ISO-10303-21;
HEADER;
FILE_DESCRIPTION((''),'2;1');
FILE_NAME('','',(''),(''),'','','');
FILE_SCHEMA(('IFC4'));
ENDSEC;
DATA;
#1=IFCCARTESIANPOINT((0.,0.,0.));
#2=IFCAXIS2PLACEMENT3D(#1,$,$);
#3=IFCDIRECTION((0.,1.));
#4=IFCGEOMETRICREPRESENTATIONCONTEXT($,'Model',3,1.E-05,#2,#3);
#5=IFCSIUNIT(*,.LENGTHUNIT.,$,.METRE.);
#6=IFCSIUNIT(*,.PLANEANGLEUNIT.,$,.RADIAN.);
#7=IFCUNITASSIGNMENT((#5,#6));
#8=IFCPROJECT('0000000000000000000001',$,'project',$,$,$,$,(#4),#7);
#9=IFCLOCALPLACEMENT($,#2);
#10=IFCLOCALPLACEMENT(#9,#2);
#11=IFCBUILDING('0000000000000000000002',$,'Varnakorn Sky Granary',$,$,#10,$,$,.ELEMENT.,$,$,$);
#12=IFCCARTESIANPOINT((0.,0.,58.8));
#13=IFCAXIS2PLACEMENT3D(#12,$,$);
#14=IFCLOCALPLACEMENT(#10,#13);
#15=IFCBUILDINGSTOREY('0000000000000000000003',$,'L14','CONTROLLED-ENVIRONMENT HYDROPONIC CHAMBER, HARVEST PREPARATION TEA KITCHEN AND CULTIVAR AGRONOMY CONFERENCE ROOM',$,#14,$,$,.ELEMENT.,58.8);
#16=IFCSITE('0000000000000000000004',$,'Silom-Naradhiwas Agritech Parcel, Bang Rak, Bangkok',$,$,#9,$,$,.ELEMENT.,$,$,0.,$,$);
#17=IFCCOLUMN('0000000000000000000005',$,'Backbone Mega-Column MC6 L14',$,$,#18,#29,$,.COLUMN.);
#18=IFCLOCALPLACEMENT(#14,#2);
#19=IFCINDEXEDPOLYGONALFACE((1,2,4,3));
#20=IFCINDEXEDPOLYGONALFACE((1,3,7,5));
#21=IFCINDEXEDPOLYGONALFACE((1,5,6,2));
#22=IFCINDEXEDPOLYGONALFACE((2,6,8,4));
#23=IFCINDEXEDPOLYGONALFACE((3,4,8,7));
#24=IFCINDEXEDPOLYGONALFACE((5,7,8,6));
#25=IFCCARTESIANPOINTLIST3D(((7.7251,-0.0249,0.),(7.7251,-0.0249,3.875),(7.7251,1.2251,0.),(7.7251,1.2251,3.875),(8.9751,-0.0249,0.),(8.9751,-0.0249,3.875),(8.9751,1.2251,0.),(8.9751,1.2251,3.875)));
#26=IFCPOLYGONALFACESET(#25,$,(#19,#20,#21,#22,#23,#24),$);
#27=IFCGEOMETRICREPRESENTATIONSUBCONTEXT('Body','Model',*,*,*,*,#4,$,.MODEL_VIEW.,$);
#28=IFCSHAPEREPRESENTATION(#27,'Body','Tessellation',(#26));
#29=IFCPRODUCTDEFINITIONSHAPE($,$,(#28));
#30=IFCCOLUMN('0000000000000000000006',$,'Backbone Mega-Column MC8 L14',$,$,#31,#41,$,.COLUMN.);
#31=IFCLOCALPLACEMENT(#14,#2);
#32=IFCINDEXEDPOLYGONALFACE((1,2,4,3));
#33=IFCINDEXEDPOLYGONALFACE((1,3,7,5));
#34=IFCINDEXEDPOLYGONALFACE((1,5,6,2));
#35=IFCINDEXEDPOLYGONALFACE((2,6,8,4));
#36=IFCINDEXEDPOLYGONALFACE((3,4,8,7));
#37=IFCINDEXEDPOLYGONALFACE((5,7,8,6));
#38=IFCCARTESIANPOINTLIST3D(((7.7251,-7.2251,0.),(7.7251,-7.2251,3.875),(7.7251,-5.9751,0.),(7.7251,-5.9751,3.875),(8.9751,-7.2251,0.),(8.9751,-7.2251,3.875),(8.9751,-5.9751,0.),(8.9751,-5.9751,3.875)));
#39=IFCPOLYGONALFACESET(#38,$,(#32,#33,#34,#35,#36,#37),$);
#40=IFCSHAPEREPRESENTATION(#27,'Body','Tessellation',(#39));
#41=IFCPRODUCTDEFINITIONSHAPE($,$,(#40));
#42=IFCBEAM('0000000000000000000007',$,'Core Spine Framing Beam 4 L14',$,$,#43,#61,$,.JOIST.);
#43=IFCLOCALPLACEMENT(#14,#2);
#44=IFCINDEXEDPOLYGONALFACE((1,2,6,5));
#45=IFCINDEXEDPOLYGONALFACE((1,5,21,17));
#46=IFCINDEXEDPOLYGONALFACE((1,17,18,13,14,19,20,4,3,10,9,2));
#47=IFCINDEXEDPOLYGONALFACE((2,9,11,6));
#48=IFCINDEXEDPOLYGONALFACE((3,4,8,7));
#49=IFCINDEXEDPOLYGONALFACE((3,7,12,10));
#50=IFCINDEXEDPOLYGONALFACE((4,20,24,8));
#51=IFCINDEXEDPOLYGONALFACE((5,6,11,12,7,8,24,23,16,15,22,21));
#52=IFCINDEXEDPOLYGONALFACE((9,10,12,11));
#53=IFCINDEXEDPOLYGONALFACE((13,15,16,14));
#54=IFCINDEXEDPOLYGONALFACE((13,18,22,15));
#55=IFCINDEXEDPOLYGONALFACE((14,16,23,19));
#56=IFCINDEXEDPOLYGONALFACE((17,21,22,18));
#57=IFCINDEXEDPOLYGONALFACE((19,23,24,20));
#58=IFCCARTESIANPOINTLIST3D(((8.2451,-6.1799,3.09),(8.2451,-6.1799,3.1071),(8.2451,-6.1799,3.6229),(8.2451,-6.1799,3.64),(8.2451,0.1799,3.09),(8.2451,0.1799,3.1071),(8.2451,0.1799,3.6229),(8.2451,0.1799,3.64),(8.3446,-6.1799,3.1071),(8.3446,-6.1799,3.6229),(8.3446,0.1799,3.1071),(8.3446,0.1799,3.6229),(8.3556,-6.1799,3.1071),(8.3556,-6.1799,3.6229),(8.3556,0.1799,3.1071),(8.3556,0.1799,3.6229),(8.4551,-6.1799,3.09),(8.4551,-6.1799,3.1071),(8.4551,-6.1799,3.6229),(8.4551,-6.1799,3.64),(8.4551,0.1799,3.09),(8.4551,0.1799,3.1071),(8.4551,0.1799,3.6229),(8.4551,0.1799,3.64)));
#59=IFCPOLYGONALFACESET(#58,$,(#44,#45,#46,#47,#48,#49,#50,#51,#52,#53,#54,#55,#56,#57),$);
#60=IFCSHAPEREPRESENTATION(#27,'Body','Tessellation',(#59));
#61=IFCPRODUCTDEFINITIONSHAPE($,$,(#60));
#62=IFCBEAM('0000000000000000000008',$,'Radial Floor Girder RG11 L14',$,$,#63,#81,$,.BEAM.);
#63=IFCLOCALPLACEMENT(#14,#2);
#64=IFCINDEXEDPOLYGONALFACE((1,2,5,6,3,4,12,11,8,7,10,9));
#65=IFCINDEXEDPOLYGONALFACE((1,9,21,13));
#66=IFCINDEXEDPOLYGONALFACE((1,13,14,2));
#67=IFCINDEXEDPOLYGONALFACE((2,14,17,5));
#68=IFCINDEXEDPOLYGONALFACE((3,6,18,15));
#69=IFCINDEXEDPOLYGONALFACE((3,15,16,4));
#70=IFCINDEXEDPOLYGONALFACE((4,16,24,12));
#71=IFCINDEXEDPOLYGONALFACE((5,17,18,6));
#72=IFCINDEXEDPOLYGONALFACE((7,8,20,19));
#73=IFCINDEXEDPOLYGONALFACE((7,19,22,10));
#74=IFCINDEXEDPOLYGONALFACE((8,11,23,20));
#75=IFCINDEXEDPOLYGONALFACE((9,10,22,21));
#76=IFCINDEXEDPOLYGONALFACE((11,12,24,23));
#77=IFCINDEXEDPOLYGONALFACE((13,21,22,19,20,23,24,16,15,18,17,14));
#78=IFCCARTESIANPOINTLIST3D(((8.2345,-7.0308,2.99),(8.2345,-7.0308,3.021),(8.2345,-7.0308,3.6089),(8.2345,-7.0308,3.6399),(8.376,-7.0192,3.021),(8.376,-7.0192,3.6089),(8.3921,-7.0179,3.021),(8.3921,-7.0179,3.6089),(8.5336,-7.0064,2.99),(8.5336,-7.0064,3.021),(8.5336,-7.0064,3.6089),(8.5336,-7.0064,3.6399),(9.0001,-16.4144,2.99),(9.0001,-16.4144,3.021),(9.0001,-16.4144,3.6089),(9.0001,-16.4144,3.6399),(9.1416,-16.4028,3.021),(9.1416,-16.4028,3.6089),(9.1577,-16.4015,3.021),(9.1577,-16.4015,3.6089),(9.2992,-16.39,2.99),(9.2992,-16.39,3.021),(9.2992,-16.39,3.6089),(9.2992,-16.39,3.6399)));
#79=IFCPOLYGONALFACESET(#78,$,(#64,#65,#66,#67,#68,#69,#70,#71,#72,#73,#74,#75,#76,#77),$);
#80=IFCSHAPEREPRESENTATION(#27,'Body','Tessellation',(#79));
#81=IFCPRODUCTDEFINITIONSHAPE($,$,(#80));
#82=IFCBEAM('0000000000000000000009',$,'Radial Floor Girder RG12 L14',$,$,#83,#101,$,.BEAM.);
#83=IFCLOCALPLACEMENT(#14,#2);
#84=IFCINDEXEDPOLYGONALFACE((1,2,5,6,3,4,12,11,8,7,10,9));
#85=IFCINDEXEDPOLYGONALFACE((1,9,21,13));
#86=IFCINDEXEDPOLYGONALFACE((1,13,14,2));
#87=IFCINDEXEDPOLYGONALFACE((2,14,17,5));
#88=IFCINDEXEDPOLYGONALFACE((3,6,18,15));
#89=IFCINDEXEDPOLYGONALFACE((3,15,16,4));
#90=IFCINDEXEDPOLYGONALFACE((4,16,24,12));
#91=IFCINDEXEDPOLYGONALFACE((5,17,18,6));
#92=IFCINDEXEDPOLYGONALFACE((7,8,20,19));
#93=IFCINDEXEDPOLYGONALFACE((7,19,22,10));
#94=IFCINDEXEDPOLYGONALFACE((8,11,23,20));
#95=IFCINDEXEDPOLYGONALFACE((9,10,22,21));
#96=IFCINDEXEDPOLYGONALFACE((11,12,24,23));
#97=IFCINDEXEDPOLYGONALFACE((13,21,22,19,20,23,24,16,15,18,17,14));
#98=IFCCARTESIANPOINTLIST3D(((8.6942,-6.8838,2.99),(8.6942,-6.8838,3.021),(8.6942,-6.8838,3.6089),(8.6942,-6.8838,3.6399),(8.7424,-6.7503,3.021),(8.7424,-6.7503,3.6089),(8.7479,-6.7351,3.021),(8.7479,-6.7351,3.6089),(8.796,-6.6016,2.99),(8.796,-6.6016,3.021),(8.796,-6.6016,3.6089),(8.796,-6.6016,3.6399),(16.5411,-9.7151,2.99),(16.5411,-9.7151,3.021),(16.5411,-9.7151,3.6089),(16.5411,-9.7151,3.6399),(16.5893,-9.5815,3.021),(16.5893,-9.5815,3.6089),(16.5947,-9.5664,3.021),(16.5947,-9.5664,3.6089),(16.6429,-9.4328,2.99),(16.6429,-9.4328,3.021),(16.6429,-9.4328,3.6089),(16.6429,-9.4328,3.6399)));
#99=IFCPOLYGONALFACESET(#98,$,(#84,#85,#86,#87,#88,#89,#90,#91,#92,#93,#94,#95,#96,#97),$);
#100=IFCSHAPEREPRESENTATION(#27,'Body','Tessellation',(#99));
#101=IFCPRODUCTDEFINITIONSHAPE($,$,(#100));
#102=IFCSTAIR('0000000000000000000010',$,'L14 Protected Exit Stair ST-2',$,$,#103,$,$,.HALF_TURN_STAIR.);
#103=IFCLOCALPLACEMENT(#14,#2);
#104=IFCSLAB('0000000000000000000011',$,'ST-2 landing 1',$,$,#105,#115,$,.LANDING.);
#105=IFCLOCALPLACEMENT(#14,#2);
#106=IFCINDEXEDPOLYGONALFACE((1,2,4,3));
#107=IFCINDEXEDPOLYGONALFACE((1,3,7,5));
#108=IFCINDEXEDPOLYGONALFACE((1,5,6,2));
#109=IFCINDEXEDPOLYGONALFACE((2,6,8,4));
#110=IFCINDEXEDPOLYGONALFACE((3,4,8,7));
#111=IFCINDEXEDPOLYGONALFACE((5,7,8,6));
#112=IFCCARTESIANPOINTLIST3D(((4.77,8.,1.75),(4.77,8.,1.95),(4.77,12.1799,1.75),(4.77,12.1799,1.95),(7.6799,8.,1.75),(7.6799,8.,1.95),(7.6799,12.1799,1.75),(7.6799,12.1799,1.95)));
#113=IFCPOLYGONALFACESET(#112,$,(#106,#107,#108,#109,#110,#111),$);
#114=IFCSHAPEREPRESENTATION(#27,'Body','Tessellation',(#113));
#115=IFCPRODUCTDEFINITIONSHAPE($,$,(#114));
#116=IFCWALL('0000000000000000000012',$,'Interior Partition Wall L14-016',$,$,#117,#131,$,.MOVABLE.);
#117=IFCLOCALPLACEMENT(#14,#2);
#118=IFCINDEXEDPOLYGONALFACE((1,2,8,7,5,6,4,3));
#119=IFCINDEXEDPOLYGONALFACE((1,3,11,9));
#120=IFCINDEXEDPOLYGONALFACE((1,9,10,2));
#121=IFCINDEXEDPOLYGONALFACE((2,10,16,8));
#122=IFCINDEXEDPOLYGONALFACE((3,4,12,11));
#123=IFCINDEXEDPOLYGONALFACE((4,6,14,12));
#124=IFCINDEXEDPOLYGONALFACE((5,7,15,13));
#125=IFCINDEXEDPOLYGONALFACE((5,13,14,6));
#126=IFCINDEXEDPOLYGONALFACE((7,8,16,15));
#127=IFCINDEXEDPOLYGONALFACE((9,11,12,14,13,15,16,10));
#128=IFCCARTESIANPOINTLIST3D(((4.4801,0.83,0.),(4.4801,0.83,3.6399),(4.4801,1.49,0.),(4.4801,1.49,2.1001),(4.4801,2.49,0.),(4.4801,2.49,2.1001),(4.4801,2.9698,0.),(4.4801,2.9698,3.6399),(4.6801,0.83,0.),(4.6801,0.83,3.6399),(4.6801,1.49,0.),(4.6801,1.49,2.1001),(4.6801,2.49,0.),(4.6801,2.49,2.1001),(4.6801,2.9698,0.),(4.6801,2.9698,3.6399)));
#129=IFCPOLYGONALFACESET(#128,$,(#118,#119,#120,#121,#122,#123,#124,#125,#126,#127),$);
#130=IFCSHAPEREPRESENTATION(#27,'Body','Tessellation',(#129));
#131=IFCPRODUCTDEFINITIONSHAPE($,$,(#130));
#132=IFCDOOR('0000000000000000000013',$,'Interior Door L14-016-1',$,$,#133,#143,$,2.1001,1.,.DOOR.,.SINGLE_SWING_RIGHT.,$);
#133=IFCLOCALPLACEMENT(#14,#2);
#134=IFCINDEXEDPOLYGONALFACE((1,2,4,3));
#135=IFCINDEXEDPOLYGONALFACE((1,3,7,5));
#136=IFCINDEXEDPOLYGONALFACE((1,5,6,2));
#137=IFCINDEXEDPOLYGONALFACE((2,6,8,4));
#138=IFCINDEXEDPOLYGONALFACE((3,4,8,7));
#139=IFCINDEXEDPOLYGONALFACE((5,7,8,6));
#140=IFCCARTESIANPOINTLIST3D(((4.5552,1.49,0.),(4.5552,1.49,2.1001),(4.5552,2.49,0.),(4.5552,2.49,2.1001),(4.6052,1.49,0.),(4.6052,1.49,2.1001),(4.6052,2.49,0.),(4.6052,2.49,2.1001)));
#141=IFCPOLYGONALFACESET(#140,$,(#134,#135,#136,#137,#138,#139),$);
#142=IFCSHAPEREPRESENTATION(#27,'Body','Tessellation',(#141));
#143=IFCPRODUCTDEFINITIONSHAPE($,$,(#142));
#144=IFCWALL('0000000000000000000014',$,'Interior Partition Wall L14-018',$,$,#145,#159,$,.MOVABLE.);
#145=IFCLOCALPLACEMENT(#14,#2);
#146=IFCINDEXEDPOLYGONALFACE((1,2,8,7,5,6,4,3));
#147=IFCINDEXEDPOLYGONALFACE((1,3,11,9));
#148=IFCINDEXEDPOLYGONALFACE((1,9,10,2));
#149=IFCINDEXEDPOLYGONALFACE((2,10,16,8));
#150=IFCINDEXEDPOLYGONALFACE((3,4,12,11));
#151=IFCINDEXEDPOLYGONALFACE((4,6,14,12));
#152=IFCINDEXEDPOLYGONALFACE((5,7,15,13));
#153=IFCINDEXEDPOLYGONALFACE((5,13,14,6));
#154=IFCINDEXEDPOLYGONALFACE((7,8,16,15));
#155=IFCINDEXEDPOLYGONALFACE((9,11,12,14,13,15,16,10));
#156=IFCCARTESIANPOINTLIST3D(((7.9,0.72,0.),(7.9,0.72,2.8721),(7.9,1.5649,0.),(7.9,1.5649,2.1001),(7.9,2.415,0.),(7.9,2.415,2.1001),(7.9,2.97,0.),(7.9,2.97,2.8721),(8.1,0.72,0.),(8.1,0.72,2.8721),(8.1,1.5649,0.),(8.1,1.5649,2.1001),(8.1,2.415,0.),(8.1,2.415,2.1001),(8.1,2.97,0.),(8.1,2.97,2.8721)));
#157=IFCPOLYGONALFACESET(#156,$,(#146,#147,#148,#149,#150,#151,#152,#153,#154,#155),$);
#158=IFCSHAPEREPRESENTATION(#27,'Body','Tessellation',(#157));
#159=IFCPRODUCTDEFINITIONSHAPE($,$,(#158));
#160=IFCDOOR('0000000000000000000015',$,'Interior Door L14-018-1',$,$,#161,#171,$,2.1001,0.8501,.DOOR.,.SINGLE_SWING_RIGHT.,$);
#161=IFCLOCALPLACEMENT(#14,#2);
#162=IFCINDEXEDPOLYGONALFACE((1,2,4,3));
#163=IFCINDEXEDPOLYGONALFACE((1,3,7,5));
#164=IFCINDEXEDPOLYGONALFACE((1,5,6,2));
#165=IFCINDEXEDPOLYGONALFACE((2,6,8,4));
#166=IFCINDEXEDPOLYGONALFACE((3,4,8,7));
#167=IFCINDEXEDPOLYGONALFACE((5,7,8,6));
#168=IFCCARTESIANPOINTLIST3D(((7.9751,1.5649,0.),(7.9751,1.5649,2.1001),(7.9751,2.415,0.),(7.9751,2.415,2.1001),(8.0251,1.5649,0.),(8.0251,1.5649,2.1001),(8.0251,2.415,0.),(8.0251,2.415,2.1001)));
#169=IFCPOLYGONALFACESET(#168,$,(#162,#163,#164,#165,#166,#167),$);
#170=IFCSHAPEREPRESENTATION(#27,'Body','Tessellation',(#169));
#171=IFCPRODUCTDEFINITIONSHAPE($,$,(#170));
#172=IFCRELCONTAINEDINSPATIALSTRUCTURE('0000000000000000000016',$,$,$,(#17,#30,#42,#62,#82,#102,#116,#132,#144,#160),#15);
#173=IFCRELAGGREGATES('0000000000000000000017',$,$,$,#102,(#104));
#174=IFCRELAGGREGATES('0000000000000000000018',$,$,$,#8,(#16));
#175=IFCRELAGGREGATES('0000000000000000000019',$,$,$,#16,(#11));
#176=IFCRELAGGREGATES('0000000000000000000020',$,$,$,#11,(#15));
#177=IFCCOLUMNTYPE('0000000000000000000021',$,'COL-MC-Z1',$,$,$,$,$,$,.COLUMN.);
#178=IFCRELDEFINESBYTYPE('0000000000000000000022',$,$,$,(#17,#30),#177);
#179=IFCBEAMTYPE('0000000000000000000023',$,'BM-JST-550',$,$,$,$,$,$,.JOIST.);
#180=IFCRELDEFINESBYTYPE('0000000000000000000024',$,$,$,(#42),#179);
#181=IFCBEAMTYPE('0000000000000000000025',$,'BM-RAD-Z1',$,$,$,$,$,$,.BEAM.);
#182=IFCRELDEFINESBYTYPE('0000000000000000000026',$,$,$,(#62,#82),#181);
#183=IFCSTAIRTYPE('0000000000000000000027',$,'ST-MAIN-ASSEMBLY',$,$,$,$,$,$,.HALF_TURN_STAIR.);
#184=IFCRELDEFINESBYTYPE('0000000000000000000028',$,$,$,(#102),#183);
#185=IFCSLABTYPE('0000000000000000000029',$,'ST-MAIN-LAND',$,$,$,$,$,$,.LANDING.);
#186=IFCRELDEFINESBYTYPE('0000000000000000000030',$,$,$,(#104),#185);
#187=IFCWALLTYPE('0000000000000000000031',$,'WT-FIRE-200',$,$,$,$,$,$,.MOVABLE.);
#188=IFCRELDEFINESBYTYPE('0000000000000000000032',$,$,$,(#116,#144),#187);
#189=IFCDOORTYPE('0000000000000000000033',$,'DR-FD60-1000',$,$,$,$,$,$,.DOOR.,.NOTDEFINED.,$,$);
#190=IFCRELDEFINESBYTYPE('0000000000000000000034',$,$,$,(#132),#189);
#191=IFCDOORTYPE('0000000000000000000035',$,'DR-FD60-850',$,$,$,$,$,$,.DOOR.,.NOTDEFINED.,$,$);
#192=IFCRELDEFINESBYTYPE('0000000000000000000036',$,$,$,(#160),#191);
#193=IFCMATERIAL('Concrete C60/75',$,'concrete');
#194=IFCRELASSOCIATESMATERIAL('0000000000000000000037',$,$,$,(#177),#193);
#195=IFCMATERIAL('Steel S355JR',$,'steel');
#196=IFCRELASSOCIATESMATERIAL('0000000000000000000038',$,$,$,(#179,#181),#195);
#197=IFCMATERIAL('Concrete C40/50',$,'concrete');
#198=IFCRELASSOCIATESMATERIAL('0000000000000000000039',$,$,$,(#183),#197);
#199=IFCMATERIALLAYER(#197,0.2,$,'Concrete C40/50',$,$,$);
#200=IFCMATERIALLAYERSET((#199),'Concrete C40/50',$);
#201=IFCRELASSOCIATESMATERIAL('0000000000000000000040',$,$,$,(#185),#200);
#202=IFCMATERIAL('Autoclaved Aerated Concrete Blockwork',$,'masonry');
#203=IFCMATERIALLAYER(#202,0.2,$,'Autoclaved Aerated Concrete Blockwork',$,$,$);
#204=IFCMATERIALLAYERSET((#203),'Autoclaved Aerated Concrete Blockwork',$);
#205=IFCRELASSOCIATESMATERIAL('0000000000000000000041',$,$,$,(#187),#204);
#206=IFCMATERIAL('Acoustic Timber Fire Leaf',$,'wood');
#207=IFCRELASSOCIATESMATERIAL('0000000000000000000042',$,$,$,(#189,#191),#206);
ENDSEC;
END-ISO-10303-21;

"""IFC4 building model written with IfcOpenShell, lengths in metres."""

from ifc_helpers import new_model, si_unit, direction, frame, frame_2d, origin, origin_2d, place, context, subcontext, project, spatial, polyline, rectangle, i_section, outline, extrude, material, layer, layer_set, material_profile, profile_set, type_object, element, fill, aggregate, save


model = new_model("IFC4")

# Units and contexts
model_context = context("Model", 3, precision=1e-05, world=origin(), true_north=direction((0.0, 1.0)))
body_context = subcontext(model_context, "Body", "Model", "MODEL_VIEW")
ifc_project = project(units=[si_unit("LENGTHUNIT", "METRE"), si_unit("PLANEANGLEUNIT", "RADIAN")], contexts=[model_context])

# Site, building, storey
site_placement = place(None, origin())
site = spatial("IfcSite", under=ifc_project, at=site_placement, Name="Silom-Naradhiwas Agritech Parcel, Bang Rak, Bangkok", CompositionType="ELEMENT", RefElevation=0.0)
building_placement = place(site_placement, origin())
building = spatial("IfcBuilding", under=site, at=building_placement, Name="Varnakorn Sky Granary", CompositionType="ELEMENT")
storey_placement = place(building_placement, frame((0.0, 0.0, 58.8)))
storey = spatial("IfcBuildingStorey", under=building, at=storey_placement, Name="L14", Description="CONTROLLED-ENVIRONMENT HYDROPONIC CHAMBER, HARVEST PREPARATION TEA KITCHEN AND CULTIVAR AGRONOMY CONFERENCE ROOM", CompositionType="ELEMENT", Elevation=58.8)

# Columns
ifc_material_1 = material(Name="Concrete C60/75", Category="concrete")
ifc_material_profile_1 = material_profile(ifc_material_1, rectangle(XDim=1.25, YDim=1.25, at=origin_2d()), Name="RC 1250x1250")
ifc_profile_set_1 = profile_set([ifc_material_profile_1], Name="Concrete C60/75")
column_type = type_object("IfcColumnType", Name="COL-MC-Z1", PredefinedType="COLUMN", material=ifc_profile_set_1)
for number, where, z_axis, x_axis, name in (
    (1, (8.3501, 0.6001, 0.0), (0.0, 0.0, 1.0), (1.0, 0.0, 0.0), "Backbone Mega-Column MC6 L14"),
    (2, (8.3501, -6.6001, 0.0), (0.0, 0.0, 1.0), (1.0, 0.0, 0.0), "Backbone Mega-Column MC8 L14"),
):
    element("IfcColumn", number, at=place(storey_placement, frame(where, z_axis=z_axis, x_axis=x_axis)), inside=storey, type_object=column_type, Name=name, PredefinedType="COLUMN", context=body_context, shape_type="SweptSolid", body=[
        extrude(rectangle(XDim=1.25, YDim=1.25, at=origin_2d()), origin(), (0.0, 0.0, 1.0), 3.875),
    ])

# Beams
ifc_material_2 = material(Name="Steel S355JR", Category="steel")
ifc_material_profile_2 = material_profile(ifc_material_2, i_section(OverallWidth=0.21, OverallDepth=0.55, WebThickness=0.011, FlangeThickness=0.0171, at=origin_2d()), Name="IPE 550")
ifc_profile_set_2 = profile_set([ifc_material_profile_2], Name="Steel S355JR")
beam_type_1 = type_object("IfcBeamType", Name="BM-JST-550", PredefinedType="JOIST", material=ifc_profile_set_2)
beam_1_placement = place(storey_placement, frame((8.3501, 0.1799, 3.365), z_axis=(0.0, -1.0, 0.0), x_axis=(1.0, 0.0, 0.0)))
element("IfcBeam", 3, at=beam_1_placement, inside=storey, type_object=beam_type_1, Name="Core Spine Framing Beam 4 L14", PredefinedType="JOIST", context=body_context, shape_type="SweptSolid", body=[
    extrude(i_section(OverallWidth=0.21, OverallDepth=0.55, WebThickness=0.011, FlangeThickness=0.0171, at=origin_2d()), origin(), (0.0, 0.0, 1.0), 6.3599),
])
ifc_material_profile_3 = material_profile(ifc_material_2, i_section(OverallWidth=0.3, OverallDepth=0.6499, WebThickness=0.0161, FlangeThickness=0.031, at=origin_2d()), Name="HE 650 B")
ifc_profile_set_3 = profile_set([ifc_material_profile_3], Name="Steel S355JR")
beam_type_2 = type_object("IfcBeamType", Name="BM-RAD-Z1", PredefinedType="BEAM", material=ifc_profile_set_3)
beam_2_placement = place(storey_placement, frame((8.384, -7.0186, 3.3149), z_axis=(0.081322, -0.996688, 0.0), x_axis=(0.996688, 0.081322, 0.0)))
element("IfcBeam", 4, at=beam_2_placement, inside=storey, type_object=beam_type_2, Name="Radial Floor Girder RG11 L14", PredefinedType="BEAM", context=body_context, shape_type="SweptSolid", body=[
    extrude(i_section(OverallWidth=0.3, OverallDepth=0.6499, WebThickness=0.0161, FlangeThickness=0.031, at=origin_2d()), origin(), (0.0, 0.0, 1.0), 9.4148),
])
beam_3_placement = place(storey_placement, frame((8.7451, -6.7427, 3.3149), z_axis=(0.940642, -0.339399, 0.0), x_axis=(0.339399, 0.940642, 0.0)))
element("IfcBeam", 5, at=beam_3_placement, inside=storey, type_object=beam_type_2, Name="Radial Floor Girder RG12 L14", PredefinedType="BEAM", context=body_context, shape_type="SweptSolid", body=[
    extrude(i_section(OverallWidth=0.3, OverallDepth=0.6499, WebThickness=0.0161, FlangeThickness=0.031, at=origin_2d()), origin(), (0.0, 0.0, 1.0), 8.342),
])

# Stair, slab
ifc_material_3 = material(Name="Concrete C40/50", Category="concrete")
stair_type = type_object("IfcStairType", Name="ST-MAIN-ASSEMBLY", PredefinedType="HALF_TURN_STAIR", material=ifc_material_3)
stair_placement = place(storey_placement, origin())
stair = element("IfcStair", 6, at=stair_placement, inside=storey, type_object=stair_type, Name="L14 Protected Exit Stair ST-2", PredefinedType="HALF_TURN_STAIR")
ifc_layer_1 = layer(ifc_material_3, 0.2, Name="Concrete C40/50")
ifc_layer_set_1 = layer_set([ifc_layer_1], Name="Concrete C40/50")
slab_type = type_object("IfcSlabType", Name="ST-MAIN-LAND", PredefinedType="LANDING", material=ifc_layer_set_1)
slab_placement = place(storey_placement, frame((0.0, 0.0, 1.75)))
slab = element("IfcSlab", 7, at=slab_placement, type_object=slab_type, Name="ST-2 landing 1", PredefinedType="LANDING", context=body_context, shape_type="SweptSolid", body=[
    extrude(outline(polyline([(7.6799, 8.0), (7.6799, 12.1799), (4.77, 12.1799), (4.77, 8.0), (7.6799, 8.0)])), origin(), (0.0, 0.0, 1.0), 0.2),
])
aggregate(stair, [slab])

# Walls, openings, doors
ifc_material_4 = material(Name="Autoclaved Aerated Concrete Blockwork", Category="masonry")
ifc_layer_2 = layer(ifc_material_4, 0.2, Name="Autoclaved Aerated Concrete Blockwork")
ifc_layer_set_2 = layer_set([ifc_layer_2], Name="Autoclaved Aerated Concrete Blockwork")
wall_type_1 = type_object("IfcWallType", Name="WT-FIRE-200", PredefinedType="MOVABLE", material=ifc_layer_set_2)
wall_1_placement = place(storey_placement, frame((4.5801, 0.8301, 0.0), z_axis=(0.0, 0.0, 1.0), x_axis=(0.0, 1.0, 0.0)))
wall_1 = element("IfcWall", 8, at=wall_1_placement, inside=storey, type_object=wall_type_1, Name="Interior Partition Wall L14-016", PredefinedType="MOVABLE", context=body_context, shape_type="SweptSolid", body=[
    extrude(rectangle(XDim=2.1399, YDim=0.2, at=frame_2d((1.0698, 0.0))), origin(), (0.0, 0.0, 1.0), 3.6399),
])
opening_1_placement = place(wall_1_placement, frame((0.6599, 0.0, 0.0)))
opening_1 = element("IfcOpeningElement", 9, at=opening_1_placement, cuts=wall_1, PredefinedType="OPENING", context=body_context, shape_type="SweptSolid", body=[
    extrude(rectangle(XDim=1.0, YDim=2.1001, at=frame_2d((0.5, 1.05))), frame((0.0, 0.1099, 0.0), z_axis=(0.0, -1.0, 0.0), x_axis=(1.0, 0.0, 0.0)), (0.0, 0.0, 1.0), 0.22),
])
ifc_material_5 = material(Name="Acoustic Timber Fire Leaf", Category="wood")
door_type_1 = type_object("IfcDoorType", Name="DR-FD60-1000", OperationType="NOTDEFINED", PredefinedType="DOOR", material=ifc_material_5)
door_1_placement = place(opening_1_placement, origin())
door_1 = element("IfcDoor", 10, at=door_1_placement, inside=storey, type_object=door_type_1, Name="Interior Door L14-016-1", OperationType="SINGLE_SWING_RIGHT", OverallHeight=2.1001, OverallWidth=1.0, PredefinedType="DOOR", context=body_context, shape_type="SweptSolid", body=[
    extrude(rectangle(XDim=1.0, YDim=2.1001, at=frame_2d((0.5, 1.05))), frame((0.0, 0.0249, 0.0), z_axis=(0.0, -1.0, 0.0), x_axis=(1.0, 0.0, 0.0)), (0.0, 0.0, 1.0), 0.05),
])
fill(opening_1, door_1)
wall_2_placement = place(storey_placement, frame((8.0, 0.72, 0.0), z_axis=(0.0, 0.0, 1.0), x_axis=(0.0, 1.0, 0.0)))
wall_2 = element("IfcWall", 11, at=wall_2_placement, inside=storey, type_object=wall_type_1, Name="Interior Partition Wall L14-018", PredefinedType="MOVABLE", context=body_context, shape_type="SweptSolid", body=[
    extrude(rectangle(XDim=2.25, YDim=0.2, at=frame_2d((1.125, 0.0))), origin(), (0.0, 0.0, 1.0), 2.8721),
])
opening_2_placement = place(wall_2_placement, frame((0.845, 0.0, 0.0)))
opening_2 = element("IfcOpeningElement", 12, at=opening_2_placement, cuts=wall_2, PredefinedType="OPENING", context=body_context, shape_type="SweptSolid", body=[
    extrude(rectangle(XDim=0.8501, YDim=2.1001, at=frame_2d((0.425, 1.05))), frame((0.0, 0.1099, 0.0), z_axis=(0.0, -1.0, 0.0), x_axis=(1.0, 0.0, 0.0)), (0.0, 0.0, 1.0), 0.22),
])
door_type_2 = type_object("IfcDoorType", Name="DR-FD60-850", OperationType="NOTDEFINED", PredefinedType="DOOR", material=ifc_material_5)
door_2_placement = place(opening_2_placement, origin())
door_2 = element("IfcDoor", 13, at=door_2_placement, inside=storey, type_object=door_type_2, Name="Interior Door L14-018-1", OperationType="SINGLE_SWING_RIGHT", OverallHeight=2.1001, OverallWidth=0.8501, PredefinedType="DOOR", context=body_context, shape_type="SweptSolid", body=[
    extrude(rectangle(XDim=0.8501, YDim=2.1001, at=frame_2d((0.425, 1.05))), frame((0.0, 0.0249, 0.0), z_axis=(0.0, -1.0, 0.0), x_axis=(1.0, 0.0, 0.0)), (0.0, 0.0, 1.0), 0.05),
])
fill(opening_2, door_2)

save(model, "model.ifc")
